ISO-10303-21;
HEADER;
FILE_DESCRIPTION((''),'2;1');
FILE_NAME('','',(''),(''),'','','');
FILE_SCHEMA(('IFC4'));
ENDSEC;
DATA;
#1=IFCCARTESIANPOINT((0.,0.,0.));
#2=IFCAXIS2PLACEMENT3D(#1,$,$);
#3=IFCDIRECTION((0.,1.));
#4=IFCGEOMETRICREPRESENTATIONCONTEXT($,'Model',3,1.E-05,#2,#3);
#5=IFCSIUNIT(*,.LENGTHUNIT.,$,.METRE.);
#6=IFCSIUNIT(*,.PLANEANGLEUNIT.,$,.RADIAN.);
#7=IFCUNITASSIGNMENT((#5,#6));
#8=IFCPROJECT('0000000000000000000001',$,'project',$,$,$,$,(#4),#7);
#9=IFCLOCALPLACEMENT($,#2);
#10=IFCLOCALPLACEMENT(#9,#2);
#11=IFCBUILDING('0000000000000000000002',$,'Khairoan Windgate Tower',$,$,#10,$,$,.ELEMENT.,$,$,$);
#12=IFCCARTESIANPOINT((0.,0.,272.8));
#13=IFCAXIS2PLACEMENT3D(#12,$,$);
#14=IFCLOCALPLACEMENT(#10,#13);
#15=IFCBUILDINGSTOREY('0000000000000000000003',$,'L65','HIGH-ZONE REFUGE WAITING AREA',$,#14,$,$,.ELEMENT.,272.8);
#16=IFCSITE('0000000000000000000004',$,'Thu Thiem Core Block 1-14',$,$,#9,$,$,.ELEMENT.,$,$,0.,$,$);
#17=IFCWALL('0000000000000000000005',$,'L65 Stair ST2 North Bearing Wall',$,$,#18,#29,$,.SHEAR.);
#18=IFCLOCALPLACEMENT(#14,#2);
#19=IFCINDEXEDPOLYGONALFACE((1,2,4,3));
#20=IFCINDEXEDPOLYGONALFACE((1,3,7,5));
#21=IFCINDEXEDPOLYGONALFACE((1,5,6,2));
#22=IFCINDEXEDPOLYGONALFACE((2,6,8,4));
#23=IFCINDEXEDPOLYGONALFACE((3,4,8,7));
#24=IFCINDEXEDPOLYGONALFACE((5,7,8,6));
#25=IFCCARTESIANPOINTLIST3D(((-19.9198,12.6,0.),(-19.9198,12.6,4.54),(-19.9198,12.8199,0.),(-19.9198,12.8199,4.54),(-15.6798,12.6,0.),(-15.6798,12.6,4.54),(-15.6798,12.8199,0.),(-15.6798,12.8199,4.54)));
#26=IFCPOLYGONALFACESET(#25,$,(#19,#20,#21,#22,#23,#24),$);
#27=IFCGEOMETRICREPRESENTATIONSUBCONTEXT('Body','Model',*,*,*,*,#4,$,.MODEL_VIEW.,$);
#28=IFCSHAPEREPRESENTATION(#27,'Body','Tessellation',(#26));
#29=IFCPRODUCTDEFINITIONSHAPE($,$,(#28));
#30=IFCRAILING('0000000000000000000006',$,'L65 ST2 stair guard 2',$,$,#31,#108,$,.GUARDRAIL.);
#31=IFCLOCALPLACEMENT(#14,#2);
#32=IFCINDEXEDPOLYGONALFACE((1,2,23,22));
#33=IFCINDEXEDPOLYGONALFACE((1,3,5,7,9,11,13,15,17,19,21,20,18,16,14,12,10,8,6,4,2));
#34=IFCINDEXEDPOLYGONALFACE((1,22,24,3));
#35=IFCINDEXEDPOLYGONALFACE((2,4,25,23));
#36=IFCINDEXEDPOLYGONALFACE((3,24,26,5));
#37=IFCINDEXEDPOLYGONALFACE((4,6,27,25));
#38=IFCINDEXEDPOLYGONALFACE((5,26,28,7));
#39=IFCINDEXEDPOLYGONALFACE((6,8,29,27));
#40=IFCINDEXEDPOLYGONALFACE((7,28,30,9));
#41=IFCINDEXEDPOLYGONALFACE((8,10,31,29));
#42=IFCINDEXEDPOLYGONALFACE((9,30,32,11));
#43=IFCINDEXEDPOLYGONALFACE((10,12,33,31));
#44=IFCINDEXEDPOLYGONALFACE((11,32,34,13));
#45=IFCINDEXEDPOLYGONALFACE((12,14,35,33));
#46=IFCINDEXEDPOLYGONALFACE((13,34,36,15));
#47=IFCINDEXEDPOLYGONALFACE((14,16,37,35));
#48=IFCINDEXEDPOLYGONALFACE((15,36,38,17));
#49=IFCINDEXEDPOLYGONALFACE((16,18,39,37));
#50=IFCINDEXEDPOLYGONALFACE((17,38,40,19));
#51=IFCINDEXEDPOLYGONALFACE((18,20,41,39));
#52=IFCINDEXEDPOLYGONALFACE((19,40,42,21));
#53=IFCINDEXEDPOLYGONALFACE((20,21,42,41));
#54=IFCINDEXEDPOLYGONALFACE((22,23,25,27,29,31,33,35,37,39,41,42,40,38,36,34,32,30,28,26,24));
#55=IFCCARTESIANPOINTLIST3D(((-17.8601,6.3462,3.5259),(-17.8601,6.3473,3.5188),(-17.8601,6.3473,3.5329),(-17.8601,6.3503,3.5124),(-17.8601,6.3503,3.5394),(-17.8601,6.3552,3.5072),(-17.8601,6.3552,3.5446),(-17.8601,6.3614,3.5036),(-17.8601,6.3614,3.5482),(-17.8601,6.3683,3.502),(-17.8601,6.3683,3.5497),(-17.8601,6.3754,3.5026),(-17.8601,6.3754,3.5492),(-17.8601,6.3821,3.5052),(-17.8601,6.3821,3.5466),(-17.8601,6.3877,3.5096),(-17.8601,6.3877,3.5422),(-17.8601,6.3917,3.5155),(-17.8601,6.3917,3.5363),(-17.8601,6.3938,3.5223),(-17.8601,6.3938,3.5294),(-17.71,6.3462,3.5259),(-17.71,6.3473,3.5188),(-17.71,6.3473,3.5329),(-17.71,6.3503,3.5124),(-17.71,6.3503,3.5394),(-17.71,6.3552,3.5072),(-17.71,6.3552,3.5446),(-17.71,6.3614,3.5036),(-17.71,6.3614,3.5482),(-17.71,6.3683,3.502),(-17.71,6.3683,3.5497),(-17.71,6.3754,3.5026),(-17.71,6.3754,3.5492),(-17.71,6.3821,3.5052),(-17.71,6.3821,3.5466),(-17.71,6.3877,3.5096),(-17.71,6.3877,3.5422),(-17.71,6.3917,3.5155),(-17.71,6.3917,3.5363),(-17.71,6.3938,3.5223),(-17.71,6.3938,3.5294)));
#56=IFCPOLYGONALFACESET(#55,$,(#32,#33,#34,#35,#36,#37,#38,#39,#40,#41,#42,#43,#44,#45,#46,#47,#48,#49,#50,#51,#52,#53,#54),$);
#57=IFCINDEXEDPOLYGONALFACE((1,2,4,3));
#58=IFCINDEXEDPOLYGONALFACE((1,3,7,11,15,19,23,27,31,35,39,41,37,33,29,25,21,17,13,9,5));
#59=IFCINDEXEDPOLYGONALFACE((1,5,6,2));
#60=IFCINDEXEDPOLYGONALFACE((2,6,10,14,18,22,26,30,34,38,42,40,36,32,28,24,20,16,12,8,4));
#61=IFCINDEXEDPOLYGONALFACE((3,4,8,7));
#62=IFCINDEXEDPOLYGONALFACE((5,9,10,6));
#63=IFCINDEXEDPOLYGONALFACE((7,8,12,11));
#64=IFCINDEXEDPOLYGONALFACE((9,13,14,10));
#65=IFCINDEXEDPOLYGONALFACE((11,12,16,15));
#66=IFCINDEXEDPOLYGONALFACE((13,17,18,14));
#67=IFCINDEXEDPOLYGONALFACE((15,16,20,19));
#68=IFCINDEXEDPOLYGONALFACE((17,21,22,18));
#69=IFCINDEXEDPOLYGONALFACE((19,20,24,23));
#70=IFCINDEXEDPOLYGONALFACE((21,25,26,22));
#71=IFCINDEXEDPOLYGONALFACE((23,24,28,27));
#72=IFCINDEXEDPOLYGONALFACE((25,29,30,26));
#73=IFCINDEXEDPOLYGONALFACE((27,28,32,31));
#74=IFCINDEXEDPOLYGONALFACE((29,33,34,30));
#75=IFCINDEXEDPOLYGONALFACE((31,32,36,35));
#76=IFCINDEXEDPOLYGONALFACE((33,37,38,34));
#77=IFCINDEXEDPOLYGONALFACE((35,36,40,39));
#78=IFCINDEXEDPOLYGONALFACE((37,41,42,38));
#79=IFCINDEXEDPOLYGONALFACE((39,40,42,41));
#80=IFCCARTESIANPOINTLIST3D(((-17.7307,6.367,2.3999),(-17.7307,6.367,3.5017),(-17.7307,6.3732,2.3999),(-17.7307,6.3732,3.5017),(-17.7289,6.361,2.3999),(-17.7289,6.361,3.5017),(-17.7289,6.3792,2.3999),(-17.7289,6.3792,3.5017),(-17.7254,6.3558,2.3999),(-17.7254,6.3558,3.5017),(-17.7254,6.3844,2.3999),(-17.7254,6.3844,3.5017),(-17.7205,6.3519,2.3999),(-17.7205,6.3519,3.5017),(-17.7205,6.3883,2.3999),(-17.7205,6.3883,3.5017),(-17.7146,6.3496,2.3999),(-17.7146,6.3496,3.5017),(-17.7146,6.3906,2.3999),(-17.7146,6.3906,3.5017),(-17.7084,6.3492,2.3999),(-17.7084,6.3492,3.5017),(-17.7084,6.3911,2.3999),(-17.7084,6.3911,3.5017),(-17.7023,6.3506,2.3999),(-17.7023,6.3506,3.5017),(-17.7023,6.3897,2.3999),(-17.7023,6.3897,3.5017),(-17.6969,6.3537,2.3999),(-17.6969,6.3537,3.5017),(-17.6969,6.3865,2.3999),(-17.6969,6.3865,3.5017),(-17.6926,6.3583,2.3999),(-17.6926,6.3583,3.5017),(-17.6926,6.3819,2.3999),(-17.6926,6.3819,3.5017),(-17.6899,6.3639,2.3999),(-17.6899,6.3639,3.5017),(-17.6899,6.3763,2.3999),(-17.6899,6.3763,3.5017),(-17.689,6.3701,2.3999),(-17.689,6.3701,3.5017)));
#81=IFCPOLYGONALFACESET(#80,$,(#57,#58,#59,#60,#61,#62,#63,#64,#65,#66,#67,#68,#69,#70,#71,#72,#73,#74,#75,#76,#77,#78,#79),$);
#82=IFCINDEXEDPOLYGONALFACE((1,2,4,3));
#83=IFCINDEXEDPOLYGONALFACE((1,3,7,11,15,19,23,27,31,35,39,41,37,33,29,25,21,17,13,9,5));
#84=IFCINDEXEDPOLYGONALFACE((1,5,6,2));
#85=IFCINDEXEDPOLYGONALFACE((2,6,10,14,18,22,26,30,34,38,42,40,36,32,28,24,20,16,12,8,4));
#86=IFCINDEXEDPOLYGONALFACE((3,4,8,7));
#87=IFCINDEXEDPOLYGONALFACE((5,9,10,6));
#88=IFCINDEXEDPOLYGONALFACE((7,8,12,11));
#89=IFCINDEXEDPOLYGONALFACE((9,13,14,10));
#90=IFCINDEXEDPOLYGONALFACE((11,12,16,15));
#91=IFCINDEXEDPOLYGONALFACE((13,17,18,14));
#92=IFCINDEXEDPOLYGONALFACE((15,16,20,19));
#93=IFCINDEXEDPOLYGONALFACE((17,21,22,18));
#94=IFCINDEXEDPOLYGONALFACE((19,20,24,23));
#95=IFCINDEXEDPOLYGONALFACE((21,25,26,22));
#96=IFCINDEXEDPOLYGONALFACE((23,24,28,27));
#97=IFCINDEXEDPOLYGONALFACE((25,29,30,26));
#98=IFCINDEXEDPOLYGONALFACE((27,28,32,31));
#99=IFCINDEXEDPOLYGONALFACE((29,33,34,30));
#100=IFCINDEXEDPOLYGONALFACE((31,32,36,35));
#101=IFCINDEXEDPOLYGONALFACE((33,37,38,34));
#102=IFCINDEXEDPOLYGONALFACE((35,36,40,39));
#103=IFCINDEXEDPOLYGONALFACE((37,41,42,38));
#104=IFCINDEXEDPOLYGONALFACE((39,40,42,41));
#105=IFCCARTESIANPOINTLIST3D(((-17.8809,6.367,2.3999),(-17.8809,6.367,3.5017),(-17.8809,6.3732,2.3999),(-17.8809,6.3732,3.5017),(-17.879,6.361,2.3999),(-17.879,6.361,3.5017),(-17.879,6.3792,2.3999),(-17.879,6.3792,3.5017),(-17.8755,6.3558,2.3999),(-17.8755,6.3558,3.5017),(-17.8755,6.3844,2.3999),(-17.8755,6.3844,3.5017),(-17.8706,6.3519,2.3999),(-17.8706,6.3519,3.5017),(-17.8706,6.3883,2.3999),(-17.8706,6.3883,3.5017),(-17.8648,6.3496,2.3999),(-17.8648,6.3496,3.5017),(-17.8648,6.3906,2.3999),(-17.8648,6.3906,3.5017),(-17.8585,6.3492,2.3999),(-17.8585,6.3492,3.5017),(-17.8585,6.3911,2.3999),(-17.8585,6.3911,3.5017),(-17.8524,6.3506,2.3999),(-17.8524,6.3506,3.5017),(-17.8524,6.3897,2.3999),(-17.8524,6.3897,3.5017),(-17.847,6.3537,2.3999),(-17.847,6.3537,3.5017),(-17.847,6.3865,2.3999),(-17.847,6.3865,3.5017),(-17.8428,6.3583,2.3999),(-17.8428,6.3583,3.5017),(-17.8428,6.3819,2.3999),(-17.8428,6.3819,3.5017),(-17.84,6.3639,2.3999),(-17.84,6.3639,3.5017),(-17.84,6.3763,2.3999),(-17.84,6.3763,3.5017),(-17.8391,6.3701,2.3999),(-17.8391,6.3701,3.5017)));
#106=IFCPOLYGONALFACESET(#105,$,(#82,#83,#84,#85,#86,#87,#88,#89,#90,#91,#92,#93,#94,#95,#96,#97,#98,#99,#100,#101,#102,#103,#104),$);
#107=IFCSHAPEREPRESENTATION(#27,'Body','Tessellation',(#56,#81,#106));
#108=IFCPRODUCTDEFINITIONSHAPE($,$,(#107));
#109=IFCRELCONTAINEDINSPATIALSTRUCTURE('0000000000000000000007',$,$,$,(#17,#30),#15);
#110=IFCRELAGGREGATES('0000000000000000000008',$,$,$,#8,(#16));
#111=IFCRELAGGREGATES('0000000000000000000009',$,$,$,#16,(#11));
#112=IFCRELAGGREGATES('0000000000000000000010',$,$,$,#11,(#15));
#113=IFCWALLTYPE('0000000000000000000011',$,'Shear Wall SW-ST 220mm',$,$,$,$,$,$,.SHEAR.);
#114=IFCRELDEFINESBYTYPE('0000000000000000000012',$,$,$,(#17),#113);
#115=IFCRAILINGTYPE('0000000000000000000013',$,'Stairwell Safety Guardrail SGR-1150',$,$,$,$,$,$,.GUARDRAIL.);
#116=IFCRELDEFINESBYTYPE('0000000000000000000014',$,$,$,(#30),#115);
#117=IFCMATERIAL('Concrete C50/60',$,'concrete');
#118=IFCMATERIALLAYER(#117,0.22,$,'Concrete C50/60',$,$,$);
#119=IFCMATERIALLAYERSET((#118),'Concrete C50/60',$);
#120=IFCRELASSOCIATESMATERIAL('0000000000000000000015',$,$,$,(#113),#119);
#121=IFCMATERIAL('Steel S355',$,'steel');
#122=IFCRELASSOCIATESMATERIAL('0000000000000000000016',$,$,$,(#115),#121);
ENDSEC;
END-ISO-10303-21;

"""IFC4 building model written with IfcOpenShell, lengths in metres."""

from ifc_helpers import new_model, si_unit, direction, frame, frame_2d, origin, origin_2d, place, context, subcontext, project, spatial, rectangle, circle, extrude, material, layer, layer_set, type_object, element, save


model = new_model("IFC4")

# Units and contexts
model_context = context("Model", 3, precision=1e-05, world=origin(), true_north=direction((0.0, 1.0)))
body_context = subcontext(model_context, "Body", "Model", "MODEL_VIEW")
ifc_project = project(units=[si_unit("LENGTHUNIT", "METRE"), si_unit("PLANEANGLEUNIT", "RADIAN")], contexts=[model_context])

# Site, building, storey
site_placement = place(None, origin())
site = spatial("IfcSite", under=ifc_project, at=site_placement, Name="Thu Thiem Core Block 1-14", CompositionType="ELEMENT", RefElevation=0.0)
building_placement = place(site_placement, origin())
building = spatial("IfcBuilding", under=site, at=building_placement, Name="Khairoan Windgate Tower", CompositionType="ELEMENT")
storey_placement = place(building_placement, frame((0.0, 0.0, 272.8)))
storey = spatial("IfcBuildingStorey", under=building, at=storey_placement, Name="L65", Description="HIGH-ZONE REFUGE WAITING AREA", CompositionType="ELEMENT", Elevation=272.8)

# Wall
ifc_material_1 = material(Name="Concrete C50/60", Category="concrete")
ifc_layer_1 = layer(ifc_material_1, 0.22, Name="Concrete C50/60")
ifc_layer_set_1 = layer_set([ifc_layer_1], Name="Concrete C50/60")
wall_type_1 = type_object("IfcWallType", Name="Shear Wall SW-ST 220mm", PredefinedType="SHEAR", material=ifc_layer_set_1)
wall_1_placement = place(storey_placement, frame((-19.9199, 12.71, 0.0), z_axis=(0.0, 0.0, 1.0), x_axis=(1.0, 0.0, 0.0)))
element("IfcWall", 1, at=wall_1_placement, inside=storey, type_object=wall_type_1, Name="L65 Stair ST2 North Bearing Wall", PredefinedType="SHEAR", context=body_context, shape_type="SweptSolid", body=[
    extrude(rectangle(XDim=4.24, YDim=0.22, at=frame_2d((2.1201, 0.0))), origin(), (0.0, 0.0, 1.0), 4.54),
])

# Railing
ifc_material_2 = material(Name="Steel S355", Category="steel")
railing_type_1 = type_object("IfcRailingType", Name="Stairwell Safety Guardrail SGR-1150", PredefinedType="GUARDRAIL", material=ifc_material_2)
railing_1_placement = place(storey_placement, frame((-17.71, 6.3701, 2.3999)))
element("IfcRailing", 2, at=railing_1_placement, inside=storey, type_object=railing_type_1, Name="L65 ST2 stair guard 2", PredefinedType="GUARDRAIL", context=body_context, shape_type="SweptSolid", body=[
    extrude(circle(Radius=0.0239, at=origin_2d()), frame((0.0, 0.0, 1.126), z_axis=(-1.0, 0.0, 0.0), x_axis=(0.0, -1.0, 0.0)), (0.0, 0.0, 1.0), 0.1501),
    extrude(circle(Radius=0.021, at=origin_2d()), origin(), (0.0, 0.0, 1.0), 1.1018),
    extrude(circle(Radius=0.021, at=origin_2d()), frame((-0.1501, 0.0, 0.0)), (0.0, 0.0, 1.0), 1.1018),
])

save(model, "model.ifc")
